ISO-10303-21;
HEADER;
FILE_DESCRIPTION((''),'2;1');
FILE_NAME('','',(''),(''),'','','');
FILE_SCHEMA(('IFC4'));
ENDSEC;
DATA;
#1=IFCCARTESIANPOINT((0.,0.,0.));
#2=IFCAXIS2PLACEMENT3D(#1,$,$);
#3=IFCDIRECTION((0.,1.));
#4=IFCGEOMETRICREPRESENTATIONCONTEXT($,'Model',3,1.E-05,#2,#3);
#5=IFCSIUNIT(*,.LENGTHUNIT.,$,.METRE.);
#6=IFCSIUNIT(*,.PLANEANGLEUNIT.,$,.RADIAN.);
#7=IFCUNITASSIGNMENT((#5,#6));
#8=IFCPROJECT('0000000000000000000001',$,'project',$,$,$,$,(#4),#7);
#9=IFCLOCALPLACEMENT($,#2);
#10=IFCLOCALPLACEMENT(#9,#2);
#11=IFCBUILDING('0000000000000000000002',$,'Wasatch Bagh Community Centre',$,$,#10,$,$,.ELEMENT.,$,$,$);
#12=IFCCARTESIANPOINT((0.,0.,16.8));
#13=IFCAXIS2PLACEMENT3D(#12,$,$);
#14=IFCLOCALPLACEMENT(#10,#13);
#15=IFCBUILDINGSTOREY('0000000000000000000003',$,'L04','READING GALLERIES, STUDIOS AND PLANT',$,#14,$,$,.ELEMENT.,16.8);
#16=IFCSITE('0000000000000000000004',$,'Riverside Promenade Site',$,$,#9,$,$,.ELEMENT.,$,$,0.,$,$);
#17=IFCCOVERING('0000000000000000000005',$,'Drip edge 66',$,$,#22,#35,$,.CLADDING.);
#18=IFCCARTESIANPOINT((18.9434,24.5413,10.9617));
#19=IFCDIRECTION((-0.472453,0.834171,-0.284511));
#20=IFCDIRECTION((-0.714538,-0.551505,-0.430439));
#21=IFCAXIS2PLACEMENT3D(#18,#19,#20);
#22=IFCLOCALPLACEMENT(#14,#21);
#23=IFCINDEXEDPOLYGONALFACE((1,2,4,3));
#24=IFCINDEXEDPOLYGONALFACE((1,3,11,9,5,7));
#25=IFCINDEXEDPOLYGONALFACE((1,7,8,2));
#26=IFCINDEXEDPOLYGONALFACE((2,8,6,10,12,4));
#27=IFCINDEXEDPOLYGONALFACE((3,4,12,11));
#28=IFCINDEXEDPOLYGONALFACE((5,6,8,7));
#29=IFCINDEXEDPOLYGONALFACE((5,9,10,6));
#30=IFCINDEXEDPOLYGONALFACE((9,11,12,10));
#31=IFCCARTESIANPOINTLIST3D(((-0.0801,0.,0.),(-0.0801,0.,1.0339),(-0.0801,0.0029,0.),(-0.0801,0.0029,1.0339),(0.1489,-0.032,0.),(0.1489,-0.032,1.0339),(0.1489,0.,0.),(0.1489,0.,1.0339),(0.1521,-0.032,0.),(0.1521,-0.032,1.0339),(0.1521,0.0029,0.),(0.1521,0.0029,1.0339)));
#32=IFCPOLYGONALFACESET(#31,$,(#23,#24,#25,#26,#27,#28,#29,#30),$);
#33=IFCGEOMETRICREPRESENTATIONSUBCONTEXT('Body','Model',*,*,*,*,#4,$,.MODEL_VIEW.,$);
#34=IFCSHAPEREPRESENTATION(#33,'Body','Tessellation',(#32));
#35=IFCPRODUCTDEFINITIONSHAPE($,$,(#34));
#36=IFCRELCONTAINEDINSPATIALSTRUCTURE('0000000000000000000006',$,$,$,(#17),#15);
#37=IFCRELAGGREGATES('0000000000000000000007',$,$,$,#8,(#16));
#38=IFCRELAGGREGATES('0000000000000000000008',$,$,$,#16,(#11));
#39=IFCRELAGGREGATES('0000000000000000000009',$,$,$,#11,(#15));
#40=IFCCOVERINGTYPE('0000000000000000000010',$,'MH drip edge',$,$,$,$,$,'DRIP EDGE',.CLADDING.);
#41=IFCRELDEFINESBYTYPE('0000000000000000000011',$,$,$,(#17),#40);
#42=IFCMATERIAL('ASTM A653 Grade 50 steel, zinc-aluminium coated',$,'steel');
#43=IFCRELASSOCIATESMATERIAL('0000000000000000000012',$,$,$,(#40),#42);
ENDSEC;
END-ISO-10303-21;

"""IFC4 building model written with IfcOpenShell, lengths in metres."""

from ifc_helpers import new_model, si_unit, direction, frame, origin, place, context, subcontext, project, spatial, polyline, outline, extrude, material, material_profile, profile_set, type_object, element, save


model = new_model("IFC4")

# Units and contexts
model_context = context("Model", 3, precision=1e-05, world=origin(), true_north=direction((0.0, 1.0)))
body_context = subcontext(model_context, "Body", "Model", "MODEL_VIEW")
ifc_project = project(units=[si_unit("LENGTHUNIT", "METRE"), si_unit("PLANEANGLEUNIT", "RADIAN")], contexts=[model_context])

# Site, building, storey
site_placement = place(None, origin())
site = spatial("IfcSite", under=ifc_project, at=site_placement, Name="Riverside Promenade Site", CompositionType="ELEMENT", RefElevation=0.0)
building_placement = place(site_placement, origin())
building = spatial("IfcBuilding", under=site, at=building_placement, Name="Wasatch Bagh Community Centre", CompositionType="ELEMENT")
storey_placement = place(building_placement, frame((0.0, 0.0, 16.8)))
storey = spatial("IfcBuildingStorey", under=building, at=storey_placement, Name="L04", Description="READING GALLERIES, STUDIOS AND PLANT", CompositionType="ELEMENT", Elevation=16.8)

# Covering
ifc_material_1 = material(Name="ASTM A653 Grade 50 steel, zinc-aluminium coated", Category="steel")
ifc_material_profile_1 = material_profile(ifc_material_1, outline(polyline([(-0.0801, 0.0029), (0.1521, 0.0029), (0.1521, -0.032), (0.1489, -0.032), (0.1489, 0.0), (-0.0801, 0.0), (-0.0801, 0.0029)])), Name="DRIP EDGE")
ifc_profile_set_1 = profile_set([ifc_material_profile_1], Name="ASTM A653 Grade 50 steel, zinc-aluminium coated")
covering_type_1 = type_object("IfcCoveringType", Name="MH drip edge", ElementType="DRIP EDGE", PredefinedType="CLADDING", material=ifc_profile_set_1)
covering_placement = place(storey_placement, frame((18.9434, 24.5413, 10.9617), z_axis=(-0.472453, 0.834171, -0.284511), x_axis=(-0.714538, -0.551505, -0.430439)))
element("IfcCovering", 1, at=covering_placement, inside=storey, type_object=covering_type_1, Name="Drip edge 66", PredefinedType="CLADDING", context=body_context, shape_type="SweptSolid", body=[
    extrude(outline(polyline([(-0.0801, 0.0029), (0.1521, 0.0029), (0.1521, -0.032), (0.1489, -0.032), (0.1489, 0.0), (-0.0801, 0.0), (-0.0801, 0.0029)])), origin(), (0.0, 0.0, 1.0), 1.0339),
])

save(model, "model.ifc")
